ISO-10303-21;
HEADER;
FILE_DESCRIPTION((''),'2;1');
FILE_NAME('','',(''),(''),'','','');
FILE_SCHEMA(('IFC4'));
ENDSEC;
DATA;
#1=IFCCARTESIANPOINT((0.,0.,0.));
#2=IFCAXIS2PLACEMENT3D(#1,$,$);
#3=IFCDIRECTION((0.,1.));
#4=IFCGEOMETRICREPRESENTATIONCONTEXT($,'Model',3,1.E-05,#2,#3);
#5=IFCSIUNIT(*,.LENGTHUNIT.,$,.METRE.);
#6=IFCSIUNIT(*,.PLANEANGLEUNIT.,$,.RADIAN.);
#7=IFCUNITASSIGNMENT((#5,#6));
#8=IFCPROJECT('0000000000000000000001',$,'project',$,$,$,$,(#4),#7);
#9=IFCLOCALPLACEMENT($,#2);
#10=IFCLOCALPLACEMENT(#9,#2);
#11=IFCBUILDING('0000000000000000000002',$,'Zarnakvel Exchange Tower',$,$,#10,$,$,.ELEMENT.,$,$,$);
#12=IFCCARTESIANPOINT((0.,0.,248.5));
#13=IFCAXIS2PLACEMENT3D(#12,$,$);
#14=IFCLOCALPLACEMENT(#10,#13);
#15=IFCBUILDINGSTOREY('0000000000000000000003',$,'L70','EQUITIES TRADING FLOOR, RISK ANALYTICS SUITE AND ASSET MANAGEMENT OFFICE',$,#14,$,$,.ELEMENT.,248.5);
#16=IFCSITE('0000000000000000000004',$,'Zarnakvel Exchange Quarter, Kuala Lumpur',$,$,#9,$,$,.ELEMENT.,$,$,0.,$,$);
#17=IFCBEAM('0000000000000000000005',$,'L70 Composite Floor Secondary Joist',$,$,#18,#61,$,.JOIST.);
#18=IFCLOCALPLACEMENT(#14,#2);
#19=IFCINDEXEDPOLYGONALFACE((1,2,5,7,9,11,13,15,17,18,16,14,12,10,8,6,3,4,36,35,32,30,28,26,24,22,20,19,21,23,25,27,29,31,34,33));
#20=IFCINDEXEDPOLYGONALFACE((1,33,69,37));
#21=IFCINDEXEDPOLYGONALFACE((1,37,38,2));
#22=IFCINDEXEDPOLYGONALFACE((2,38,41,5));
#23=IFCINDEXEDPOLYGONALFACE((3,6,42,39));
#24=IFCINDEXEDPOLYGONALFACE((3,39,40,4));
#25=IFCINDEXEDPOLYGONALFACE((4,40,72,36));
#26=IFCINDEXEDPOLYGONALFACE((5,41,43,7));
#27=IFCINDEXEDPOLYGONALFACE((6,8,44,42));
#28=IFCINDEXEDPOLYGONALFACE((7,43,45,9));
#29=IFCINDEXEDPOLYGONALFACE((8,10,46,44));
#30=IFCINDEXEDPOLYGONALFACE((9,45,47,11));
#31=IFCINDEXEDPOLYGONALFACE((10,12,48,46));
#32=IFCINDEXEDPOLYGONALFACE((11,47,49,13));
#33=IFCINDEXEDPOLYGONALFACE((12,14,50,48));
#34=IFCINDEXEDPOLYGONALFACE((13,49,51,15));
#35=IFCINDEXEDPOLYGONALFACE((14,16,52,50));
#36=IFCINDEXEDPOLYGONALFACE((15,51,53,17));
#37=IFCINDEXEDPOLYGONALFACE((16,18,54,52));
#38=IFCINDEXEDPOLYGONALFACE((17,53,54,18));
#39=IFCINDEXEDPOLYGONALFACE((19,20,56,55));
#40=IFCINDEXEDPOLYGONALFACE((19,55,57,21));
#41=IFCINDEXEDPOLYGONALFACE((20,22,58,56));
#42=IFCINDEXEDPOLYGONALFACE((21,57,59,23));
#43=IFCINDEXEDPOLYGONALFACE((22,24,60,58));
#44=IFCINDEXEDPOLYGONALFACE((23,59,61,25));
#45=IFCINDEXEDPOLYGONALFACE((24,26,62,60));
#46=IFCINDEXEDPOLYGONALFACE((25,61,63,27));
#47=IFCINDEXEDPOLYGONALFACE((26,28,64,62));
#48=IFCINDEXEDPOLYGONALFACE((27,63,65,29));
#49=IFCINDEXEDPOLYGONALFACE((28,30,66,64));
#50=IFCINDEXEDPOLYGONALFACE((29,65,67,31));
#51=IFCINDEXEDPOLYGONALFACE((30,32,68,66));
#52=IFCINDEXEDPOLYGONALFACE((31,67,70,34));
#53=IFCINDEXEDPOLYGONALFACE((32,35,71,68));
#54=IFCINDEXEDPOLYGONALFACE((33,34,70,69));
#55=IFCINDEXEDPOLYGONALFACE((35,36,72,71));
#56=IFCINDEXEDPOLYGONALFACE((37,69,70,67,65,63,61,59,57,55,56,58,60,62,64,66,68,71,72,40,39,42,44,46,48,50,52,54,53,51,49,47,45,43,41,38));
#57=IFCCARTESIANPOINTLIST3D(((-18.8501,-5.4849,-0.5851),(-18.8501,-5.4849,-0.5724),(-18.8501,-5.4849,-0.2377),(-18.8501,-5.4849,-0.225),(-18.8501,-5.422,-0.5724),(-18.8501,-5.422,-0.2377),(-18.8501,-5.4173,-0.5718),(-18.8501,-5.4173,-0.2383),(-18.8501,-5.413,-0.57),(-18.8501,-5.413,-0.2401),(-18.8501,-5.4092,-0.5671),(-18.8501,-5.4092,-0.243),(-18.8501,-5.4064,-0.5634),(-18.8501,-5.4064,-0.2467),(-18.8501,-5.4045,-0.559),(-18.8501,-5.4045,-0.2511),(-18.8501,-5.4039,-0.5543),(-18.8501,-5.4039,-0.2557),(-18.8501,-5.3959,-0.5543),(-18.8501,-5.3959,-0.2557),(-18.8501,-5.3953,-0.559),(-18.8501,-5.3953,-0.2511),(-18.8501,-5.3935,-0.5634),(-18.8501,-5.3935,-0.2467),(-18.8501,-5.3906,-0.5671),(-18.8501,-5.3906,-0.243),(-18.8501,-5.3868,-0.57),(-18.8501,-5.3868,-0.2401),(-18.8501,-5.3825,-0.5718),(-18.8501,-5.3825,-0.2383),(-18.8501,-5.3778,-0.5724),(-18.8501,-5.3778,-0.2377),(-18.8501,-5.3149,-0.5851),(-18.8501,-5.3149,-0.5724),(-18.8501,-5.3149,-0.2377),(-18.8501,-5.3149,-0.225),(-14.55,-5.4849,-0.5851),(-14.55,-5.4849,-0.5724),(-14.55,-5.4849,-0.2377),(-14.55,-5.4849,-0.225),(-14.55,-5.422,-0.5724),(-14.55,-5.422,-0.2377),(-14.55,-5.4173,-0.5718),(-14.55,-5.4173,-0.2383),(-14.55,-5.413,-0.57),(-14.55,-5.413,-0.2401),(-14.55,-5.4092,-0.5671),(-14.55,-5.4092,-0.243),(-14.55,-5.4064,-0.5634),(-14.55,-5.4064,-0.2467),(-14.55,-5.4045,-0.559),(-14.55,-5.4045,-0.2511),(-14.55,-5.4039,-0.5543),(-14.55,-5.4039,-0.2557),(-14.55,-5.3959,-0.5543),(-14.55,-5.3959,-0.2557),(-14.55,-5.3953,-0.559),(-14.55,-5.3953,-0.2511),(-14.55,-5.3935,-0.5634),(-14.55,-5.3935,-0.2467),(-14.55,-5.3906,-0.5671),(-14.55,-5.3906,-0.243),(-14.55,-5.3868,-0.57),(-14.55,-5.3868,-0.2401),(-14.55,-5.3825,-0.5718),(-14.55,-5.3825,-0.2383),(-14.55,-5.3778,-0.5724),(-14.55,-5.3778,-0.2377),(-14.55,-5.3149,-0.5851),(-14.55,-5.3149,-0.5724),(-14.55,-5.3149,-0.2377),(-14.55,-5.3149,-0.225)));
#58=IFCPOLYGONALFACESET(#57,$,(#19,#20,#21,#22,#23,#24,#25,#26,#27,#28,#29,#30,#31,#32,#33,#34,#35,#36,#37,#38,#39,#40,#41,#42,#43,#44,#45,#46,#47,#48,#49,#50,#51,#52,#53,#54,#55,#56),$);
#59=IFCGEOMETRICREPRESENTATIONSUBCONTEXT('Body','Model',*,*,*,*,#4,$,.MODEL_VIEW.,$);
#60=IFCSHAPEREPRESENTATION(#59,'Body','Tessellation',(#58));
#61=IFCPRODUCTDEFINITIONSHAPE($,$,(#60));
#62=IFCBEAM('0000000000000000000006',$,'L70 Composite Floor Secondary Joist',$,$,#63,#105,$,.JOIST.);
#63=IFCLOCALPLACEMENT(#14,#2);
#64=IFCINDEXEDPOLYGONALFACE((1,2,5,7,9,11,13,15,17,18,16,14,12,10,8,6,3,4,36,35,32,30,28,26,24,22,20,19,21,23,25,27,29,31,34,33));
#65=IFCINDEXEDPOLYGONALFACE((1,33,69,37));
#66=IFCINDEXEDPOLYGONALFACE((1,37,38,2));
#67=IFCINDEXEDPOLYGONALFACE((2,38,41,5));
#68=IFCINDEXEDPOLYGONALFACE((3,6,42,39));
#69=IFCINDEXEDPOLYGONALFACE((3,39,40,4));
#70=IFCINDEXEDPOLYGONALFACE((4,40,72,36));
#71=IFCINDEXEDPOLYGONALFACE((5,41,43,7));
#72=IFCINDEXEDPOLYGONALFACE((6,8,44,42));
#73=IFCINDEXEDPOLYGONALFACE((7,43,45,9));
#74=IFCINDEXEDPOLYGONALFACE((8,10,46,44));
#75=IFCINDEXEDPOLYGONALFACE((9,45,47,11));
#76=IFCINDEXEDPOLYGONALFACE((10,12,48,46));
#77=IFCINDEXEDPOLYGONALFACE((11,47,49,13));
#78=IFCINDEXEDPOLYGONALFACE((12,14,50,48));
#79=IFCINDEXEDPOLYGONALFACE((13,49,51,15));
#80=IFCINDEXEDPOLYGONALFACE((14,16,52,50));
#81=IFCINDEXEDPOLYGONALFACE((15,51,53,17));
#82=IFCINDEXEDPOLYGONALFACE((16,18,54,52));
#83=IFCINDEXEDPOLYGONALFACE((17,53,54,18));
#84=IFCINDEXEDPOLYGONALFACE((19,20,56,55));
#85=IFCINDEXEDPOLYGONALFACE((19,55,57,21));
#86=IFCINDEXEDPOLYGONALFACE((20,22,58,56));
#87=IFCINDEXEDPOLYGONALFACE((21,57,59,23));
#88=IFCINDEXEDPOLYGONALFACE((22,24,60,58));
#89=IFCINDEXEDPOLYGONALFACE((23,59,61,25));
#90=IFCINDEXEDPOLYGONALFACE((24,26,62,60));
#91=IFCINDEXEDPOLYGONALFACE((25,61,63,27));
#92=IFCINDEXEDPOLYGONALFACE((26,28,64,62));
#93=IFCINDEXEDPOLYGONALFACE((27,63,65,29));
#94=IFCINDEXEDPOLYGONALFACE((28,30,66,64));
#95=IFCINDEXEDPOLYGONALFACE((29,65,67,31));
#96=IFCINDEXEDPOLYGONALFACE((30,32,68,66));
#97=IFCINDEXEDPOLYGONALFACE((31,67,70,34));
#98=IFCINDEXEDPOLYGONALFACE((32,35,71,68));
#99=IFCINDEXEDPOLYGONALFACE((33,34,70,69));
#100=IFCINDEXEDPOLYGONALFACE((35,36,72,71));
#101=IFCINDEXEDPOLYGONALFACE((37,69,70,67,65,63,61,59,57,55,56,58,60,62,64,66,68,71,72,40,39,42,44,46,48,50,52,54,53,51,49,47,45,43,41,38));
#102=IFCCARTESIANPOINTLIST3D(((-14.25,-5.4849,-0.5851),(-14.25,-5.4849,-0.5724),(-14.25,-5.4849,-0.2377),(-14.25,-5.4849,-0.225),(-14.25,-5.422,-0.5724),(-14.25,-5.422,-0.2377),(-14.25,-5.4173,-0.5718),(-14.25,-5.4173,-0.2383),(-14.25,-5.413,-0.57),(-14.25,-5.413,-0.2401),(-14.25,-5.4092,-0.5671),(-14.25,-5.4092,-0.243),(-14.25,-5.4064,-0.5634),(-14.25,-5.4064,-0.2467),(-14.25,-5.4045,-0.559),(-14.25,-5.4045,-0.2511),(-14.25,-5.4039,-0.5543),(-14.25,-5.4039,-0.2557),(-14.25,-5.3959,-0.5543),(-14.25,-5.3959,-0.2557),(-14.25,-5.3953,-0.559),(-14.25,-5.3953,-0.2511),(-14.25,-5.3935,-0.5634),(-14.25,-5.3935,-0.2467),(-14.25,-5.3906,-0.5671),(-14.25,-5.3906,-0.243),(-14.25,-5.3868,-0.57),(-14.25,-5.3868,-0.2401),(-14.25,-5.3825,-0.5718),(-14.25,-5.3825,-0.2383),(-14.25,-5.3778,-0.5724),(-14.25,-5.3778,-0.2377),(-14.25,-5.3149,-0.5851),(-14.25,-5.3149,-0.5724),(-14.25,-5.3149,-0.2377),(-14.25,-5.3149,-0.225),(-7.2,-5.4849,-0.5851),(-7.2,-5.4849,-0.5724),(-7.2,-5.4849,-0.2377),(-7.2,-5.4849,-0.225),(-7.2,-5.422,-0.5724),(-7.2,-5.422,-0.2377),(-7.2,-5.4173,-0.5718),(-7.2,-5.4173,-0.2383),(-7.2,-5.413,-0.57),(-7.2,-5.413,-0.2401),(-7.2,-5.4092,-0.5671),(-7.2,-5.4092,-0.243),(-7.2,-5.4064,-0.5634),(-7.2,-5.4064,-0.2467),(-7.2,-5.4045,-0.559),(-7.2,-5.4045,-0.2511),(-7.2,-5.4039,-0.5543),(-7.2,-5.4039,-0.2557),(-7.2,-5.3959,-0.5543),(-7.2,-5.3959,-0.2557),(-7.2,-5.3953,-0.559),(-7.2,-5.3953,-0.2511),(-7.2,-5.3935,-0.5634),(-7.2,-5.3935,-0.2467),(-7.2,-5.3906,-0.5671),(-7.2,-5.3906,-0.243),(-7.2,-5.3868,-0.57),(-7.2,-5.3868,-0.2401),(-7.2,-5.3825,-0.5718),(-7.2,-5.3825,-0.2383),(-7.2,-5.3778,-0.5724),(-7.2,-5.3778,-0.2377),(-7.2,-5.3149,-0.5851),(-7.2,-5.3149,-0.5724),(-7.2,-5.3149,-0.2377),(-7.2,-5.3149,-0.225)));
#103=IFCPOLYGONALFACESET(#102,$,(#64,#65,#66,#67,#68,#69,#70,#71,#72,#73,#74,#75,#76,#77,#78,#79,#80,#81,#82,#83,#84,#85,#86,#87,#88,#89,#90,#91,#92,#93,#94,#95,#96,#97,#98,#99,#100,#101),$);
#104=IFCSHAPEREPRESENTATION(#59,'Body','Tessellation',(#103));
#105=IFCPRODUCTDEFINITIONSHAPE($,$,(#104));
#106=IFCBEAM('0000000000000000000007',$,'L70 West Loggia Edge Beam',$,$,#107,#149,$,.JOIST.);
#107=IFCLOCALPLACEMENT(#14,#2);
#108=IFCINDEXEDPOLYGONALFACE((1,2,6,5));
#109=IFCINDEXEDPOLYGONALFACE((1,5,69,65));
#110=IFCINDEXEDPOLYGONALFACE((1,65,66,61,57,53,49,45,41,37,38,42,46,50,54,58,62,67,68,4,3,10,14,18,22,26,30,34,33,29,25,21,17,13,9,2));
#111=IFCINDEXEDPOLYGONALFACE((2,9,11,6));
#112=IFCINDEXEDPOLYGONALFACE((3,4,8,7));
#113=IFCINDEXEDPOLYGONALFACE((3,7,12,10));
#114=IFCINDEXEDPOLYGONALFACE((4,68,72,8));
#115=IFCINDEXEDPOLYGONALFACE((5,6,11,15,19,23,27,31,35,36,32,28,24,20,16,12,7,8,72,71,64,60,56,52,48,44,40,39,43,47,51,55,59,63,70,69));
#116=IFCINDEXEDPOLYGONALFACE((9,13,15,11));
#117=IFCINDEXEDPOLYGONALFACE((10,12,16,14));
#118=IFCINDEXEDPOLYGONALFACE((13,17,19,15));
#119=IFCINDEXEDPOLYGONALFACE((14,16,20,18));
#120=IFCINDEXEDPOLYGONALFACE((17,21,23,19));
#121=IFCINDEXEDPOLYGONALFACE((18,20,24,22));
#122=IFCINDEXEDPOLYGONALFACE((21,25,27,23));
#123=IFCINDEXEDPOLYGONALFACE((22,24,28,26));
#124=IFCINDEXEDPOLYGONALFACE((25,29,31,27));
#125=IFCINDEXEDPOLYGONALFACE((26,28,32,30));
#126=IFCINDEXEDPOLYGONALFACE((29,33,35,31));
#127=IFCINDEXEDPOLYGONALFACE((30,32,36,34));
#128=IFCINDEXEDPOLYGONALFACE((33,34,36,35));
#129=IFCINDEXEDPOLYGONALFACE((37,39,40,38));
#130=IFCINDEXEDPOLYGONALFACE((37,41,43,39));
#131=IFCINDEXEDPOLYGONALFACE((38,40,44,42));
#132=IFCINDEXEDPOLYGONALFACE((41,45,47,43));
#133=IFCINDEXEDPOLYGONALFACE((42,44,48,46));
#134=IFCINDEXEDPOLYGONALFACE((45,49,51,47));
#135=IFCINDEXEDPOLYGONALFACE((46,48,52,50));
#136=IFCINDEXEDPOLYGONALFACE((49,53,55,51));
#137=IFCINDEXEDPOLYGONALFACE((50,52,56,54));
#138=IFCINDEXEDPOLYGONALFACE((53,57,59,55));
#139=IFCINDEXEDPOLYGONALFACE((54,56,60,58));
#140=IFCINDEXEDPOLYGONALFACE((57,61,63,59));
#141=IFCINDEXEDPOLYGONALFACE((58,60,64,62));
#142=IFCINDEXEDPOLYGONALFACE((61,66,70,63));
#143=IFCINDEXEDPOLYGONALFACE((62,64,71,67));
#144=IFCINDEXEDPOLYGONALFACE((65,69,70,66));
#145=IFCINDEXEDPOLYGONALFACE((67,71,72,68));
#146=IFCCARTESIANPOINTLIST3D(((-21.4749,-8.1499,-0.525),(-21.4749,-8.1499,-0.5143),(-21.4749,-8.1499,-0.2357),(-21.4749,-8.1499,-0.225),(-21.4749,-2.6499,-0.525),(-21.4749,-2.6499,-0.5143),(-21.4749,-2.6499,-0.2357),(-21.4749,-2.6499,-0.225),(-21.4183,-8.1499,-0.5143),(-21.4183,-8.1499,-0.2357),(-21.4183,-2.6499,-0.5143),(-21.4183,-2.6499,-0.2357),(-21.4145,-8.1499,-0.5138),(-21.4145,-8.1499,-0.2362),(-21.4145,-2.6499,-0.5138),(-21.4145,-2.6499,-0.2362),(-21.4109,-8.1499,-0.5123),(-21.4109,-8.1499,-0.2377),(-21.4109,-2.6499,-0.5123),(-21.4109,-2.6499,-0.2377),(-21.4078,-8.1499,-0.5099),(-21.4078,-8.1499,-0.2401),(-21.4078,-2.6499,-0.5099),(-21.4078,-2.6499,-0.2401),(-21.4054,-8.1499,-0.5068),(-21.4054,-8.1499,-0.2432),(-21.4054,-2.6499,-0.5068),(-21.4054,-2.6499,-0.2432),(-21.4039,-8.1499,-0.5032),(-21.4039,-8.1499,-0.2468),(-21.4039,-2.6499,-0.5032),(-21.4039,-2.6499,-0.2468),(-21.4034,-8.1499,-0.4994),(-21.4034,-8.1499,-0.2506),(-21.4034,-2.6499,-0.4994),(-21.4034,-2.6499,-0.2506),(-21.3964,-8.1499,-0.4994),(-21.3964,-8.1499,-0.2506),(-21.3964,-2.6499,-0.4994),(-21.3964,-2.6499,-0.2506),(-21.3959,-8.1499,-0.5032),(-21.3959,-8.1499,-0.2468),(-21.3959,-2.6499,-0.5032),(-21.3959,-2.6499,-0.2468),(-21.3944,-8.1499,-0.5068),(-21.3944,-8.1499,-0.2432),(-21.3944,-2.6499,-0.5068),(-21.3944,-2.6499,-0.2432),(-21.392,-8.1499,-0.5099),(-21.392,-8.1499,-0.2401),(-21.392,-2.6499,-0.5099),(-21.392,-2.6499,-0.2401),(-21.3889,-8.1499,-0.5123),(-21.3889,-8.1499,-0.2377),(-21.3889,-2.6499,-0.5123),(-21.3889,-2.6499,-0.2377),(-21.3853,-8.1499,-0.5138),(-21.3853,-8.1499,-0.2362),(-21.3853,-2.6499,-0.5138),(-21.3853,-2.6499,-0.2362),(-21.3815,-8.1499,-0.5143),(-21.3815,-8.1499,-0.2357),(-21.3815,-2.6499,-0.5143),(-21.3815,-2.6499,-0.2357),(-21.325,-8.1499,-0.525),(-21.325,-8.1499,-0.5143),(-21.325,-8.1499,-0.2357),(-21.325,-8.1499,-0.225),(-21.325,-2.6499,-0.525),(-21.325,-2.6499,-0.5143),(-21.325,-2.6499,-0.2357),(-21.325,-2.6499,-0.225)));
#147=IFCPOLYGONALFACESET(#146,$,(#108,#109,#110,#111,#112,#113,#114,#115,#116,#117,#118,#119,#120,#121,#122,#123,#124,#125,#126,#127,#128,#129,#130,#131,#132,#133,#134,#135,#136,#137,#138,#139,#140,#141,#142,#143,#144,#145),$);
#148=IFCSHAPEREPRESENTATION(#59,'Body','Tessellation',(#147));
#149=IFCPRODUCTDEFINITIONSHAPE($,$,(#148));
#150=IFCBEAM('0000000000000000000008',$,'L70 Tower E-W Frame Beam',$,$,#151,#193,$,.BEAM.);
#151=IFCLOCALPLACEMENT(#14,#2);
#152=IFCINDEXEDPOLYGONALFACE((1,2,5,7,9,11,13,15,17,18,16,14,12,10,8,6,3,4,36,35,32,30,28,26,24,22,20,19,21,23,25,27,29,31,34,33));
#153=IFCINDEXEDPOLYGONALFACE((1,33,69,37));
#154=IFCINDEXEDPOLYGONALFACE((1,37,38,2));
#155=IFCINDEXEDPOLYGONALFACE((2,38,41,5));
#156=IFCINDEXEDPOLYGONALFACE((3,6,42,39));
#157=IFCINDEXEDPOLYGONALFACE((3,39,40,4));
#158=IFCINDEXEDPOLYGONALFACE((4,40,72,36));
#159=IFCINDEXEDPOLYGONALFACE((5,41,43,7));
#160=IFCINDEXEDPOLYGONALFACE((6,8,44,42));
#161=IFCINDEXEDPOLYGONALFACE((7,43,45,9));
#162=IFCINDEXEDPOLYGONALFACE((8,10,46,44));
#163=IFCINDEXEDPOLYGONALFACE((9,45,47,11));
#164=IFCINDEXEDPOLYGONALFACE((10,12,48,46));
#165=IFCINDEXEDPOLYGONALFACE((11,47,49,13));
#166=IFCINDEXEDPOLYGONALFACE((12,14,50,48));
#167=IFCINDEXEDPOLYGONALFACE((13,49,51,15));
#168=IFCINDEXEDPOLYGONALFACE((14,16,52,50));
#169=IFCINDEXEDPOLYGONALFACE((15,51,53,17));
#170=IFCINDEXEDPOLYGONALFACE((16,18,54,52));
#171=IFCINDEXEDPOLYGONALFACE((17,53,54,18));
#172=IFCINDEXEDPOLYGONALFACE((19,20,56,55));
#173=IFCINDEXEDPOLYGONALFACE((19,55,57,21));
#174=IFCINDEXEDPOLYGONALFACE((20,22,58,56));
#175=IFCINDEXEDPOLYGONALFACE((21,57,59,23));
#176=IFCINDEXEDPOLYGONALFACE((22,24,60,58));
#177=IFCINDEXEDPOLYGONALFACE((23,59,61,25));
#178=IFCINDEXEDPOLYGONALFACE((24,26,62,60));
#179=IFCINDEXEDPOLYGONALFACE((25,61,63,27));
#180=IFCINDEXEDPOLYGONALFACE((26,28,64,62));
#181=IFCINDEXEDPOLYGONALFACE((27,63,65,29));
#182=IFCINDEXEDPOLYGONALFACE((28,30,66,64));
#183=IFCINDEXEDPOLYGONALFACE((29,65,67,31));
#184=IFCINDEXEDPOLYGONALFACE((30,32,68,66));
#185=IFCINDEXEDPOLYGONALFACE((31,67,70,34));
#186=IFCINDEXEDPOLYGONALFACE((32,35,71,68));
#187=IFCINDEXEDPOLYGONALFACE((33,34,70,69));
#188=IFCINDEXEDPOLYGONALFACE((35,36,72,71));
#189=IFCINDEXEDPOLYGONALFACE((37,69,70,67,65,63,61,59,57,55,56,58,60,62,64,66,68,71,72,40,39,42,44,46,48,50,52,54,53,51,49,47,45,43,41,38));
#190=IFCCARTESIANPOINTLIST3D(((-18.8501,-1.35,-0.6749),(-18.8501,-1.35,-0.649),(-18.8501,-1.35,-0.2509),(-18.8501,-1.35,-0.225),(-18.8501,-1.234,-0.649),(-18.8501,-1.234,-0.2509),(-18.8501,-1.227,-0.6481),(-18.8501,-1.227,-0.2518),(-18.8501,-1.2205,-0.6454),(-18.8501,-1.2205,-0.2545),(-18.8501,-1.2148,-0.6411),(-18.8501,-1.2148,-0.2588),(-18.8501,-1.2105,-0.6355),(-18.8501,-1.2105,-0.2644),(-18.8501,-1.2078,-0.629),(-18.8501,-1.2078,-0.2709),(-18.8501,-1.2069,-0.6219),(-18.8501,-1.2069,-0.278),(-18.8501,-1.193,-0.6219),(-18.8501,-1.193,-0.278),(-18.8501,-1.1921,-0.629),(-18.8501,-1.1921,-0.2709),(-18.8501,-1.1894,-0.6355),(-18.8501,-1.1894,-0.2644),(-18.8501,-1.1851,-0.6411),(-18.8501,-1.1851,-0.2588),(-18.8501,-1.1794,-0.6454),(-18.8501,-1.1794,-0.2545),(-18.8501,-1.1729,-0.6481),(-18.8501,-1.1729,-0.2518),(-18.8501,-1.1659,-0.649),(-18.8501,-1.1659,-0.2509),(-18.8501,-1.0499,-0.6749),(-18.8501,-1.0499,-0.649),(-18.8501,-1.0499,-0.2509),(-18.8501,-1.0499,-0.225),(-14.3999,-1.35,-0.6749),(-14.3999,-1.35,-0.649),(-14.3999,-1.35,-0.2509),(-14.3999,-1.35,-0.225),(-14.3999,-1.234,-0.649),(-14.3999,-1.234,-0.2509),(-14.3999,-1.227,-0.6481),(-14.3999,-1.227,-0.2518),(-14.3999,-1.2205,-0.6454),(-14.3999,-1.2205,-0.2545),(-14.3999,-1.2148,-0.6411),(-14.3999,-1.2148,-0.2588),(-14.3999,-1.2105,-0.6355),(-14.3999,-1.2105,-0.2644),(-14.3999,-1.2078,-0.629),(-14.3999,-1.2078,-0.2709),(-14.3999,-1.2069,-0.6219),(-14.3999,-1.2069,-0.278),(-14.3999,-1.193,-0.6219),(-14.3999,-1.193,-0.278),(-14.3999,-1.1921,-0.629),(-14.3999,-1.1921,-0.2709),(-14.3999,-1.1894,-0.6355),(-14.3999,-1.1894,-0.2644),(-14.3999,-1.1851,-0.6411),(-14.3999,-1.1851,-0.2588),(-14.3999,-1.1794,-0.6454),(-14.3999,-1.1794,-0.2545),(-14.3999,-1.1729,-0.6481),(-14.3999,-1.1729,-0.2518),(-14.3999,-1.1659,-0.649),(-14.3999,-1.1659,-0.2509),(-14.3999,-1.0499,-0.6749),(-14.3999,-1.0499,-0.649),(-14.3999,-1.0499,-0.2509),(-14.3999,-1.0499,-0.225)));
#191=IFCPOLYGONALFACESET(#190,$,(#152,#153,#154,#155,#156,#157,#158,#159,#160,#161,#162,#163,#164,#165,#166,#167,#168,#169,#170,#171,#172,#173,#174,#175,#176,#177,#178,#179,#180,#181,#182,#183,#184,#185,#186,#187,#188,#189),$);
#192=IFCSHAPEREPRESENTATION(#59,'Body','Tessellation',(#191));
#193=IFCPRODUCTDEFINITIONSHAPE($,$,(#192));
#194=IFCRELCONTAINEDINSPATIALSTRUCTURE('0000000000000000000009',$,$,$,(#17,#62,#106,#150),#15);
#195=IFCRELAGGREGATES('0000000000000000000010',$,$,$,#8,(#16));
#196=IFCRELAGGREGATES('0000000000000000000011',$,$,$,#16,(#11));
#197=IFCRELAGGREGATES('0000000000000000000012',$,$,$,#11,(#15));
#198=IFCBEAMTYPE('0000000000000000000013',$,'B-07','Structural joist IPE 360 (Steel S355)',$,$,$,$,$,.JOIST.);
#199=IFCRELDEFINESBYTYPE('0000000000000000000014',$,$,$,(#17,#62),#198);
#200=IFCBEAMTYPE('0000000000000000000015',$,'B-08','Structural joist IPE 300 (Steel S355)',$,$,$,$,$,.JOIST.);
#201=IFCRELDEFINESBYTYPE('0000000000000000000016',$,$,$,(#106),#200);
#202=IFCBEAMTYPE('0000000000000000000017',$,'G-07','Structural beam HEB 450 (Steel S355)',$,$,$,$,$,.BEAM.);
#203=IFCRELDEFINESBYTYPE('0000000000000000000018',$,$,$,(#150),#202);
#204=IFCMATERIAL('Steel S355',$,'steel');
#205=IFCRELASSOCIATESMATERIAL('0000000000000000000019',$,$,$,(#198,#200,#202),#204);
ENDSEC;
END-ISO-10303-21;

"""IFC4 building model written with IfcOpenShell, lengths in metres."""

from ifc_helpers import new_model, si_unit, direction, frame, origin, origin_2d, place, context, subcontext, project, spatial, i_section, extrude, material, material_profile, profile_set, type_object, element, save


model = new_model("IFC4")

# Units and contexts
model_context = context("Model", 3, precision=1e-05, world=origin(), true_north=direction((0.0, 1.0)))
body_context = subcontext(model_context, "Body", "Model", "MODEL_VIEW")
ifc_project = project(units=[si_unit("LENGTHUNIT", "METRE"), si_unit("PLANEANGLEUNIT", "RADIAN")], contexts=[model_context])

# Site, building, storey
site_placement = place(None, origin())
site = spatial("IfcSite", under=ifc_project, at=site_placement, Name="Zarnakvel Exchange Quarter, Kuala Lumpur", CompositionType="ELEMENT", RefElevation=0.0)
building_placement = place(site_placement, origin())
building = spatial("IfcBuilding", under=site, at=building_placement, Name="Zarnakvel Exchange Tower", CompositionType="ELEMENT")
storey_placement = place(building_placement, frame((0.0, 0.0, 248.5)))
storey = spatial("IfcBuildingStorey", under=building, at=storey_placement, Name="L70", Description="EQUITIES TRADING FLOOR, RISK ANALYTICS SUITE AND ASSET MANAGEMENT OFFICE", CompositionType="ELEMENT", Elevation=248.5)

# Shared definitions
ifc_material_1 = material(Name="Steel S355", Category="steel")

# Beams
ifc_material_profile_1 = material_profile(ifc_material_1, i_section(OverallWidth=0.1699, OverallDepth=0.3601, WebThickness=0.0081, FlangeThickness=0.0127, FilletRadius=0.0181, at=origin_2d()))
ifc_profile_set_1 = profile_set([ifc_material_profile_1], Name="Steel S355")
beam_type_1 = type_object("IfcBeamType", Name="B-07", Description="Structural joist IPE 360 (Steel S355)", PredefinedType="JOIST", material=ifc_profile_set_1)
beam_1_placement = place(storey_placement, frame((-18.8501, -5.3999, -0.405), z_axis=(1.0, 0.0, 0.0), x_axis=(0.0, 1.0, 0.0)))
element("IfcBeam", 1, at=beam_1_placement, inside=storey, type_object=beam_type_1, Name="L70 Composite Floor Secondary Joist", PredefinedType="JOIST", context=body_context, shape_type="SweptSolid", body=[
    extrude(i_section(OverallWidth=0.1699, OverallDepth=0.3601, WebThickness=0.0081, FlangeThickness=0.0127, FilletRadius=0.0181, at=origin_2d()), origin(), (0.0, 0.0, 1.0), 4.3),
])
beam_2_placement = place(storey_placement, frame((-14.25, -5.3999, -0.405), z_axis=(1.0, 0.0, 0.0), x_axis=(0.0, 1.0, 0.0)))
element("IfcBeam", 2, at=beam_2_placement, inside=storey, type_object=beam_type_1, Name="L70 Composite Floor Secondary Joist", PredefinedType="JOIST", context=body_context, shape_type="SweptSolid", body=[
    extrude(i_section(OverallWidth=0.1699, OverallDepth=0.3601, WebThickness=0.0081, FlangeThickness=0.0127, FilletRadius=0.0181, at=origin_2d()), origin(), (0.0, 0.0, 1.0), 7.05),
])
ifc_material_profile_2 = material_profile(ifc_material_1, i_section(OverallWidth=0.1499, OverallDepth=0.3, WebThickness=0.0071, FlangeThickness=0.0107, FilletRadius=0.0149, at=origin_2d()))
ifc_profile_set_2 = profile_set([ifc_material_profile_2], Name="Steel S355")
beam_type_2 = type_object("IfcBeamType", Name="B-08", Description="Structural joist IPE 300 (Steel S355)", PredefinedType="JOIST", material=ifc_profile_set_2)
beam_3_placement = place(storey_placement, frame((-21.3999, -8.1499, -0.375), z_axis=(0.0, 1.0, 0.0), x_axis=(-1.0, 0.0, 0.0)))
element("IfcBeam", 3, at=beam_3_placement, inside=storey, type_object=beam_type_2, Name="L70 West Loggia Edge Beam", PredefinedType="JOIST", context=body_context, shape_type="SweptSolid", body=[
    extrude(i_section(OverallWidth=0.1499, OverallDepth=0.3, WebThickness=0.0071, FlangeThickness=0.0107, FilletRadius=0.0149, at=origin_2d()), origin(), (0.0, 0.0, 1.0), 5.5),
])
ifc_material_profile_3 = material_profile(ifc_material_1, i_section(OverallWidth=0.3, OverallDepth=0.45, WebThickness=0.0139, FlangeThickness=0.0259, FilletRadius=0.0271, at=origin_2d()))
ifc_profile_set_3 = profile_set([ifc_material_profile_3], Name="Steel S355")
beam_type_3 = type_object("IfcBeamType", Name="G-07", Description="Structural beam HEB 450 (Steel S355)", PredefinedType="BEAM", material=ifc_profile_set_3)
beam_4_placement = place(storey_placement, frame((-18.8501, -1.2, -0.45), z_axis=(1.0, 0.0, 0.0), x_axis=(0.0, 1.0, 0.0)))
element("IfcBeam", 4, at=beam_4_placement, inside=storey, type_object=beam_type_3, Name="L70 Tower E-W Frame Beam", PredefinedType="BEAM", context=body_context, shape_type="SweptSolid", body=[
    extrude(i_section(OverallWidth=0.3, OverallDepth=0.45, WebThickness=0.0139, FlangeThickness=0.0259, FilletRadius=0.0271, at=origin_2d()), origin(), (0.0, 0.0, 1.0), 4.4502),
])

save(model, "model.ifc")
